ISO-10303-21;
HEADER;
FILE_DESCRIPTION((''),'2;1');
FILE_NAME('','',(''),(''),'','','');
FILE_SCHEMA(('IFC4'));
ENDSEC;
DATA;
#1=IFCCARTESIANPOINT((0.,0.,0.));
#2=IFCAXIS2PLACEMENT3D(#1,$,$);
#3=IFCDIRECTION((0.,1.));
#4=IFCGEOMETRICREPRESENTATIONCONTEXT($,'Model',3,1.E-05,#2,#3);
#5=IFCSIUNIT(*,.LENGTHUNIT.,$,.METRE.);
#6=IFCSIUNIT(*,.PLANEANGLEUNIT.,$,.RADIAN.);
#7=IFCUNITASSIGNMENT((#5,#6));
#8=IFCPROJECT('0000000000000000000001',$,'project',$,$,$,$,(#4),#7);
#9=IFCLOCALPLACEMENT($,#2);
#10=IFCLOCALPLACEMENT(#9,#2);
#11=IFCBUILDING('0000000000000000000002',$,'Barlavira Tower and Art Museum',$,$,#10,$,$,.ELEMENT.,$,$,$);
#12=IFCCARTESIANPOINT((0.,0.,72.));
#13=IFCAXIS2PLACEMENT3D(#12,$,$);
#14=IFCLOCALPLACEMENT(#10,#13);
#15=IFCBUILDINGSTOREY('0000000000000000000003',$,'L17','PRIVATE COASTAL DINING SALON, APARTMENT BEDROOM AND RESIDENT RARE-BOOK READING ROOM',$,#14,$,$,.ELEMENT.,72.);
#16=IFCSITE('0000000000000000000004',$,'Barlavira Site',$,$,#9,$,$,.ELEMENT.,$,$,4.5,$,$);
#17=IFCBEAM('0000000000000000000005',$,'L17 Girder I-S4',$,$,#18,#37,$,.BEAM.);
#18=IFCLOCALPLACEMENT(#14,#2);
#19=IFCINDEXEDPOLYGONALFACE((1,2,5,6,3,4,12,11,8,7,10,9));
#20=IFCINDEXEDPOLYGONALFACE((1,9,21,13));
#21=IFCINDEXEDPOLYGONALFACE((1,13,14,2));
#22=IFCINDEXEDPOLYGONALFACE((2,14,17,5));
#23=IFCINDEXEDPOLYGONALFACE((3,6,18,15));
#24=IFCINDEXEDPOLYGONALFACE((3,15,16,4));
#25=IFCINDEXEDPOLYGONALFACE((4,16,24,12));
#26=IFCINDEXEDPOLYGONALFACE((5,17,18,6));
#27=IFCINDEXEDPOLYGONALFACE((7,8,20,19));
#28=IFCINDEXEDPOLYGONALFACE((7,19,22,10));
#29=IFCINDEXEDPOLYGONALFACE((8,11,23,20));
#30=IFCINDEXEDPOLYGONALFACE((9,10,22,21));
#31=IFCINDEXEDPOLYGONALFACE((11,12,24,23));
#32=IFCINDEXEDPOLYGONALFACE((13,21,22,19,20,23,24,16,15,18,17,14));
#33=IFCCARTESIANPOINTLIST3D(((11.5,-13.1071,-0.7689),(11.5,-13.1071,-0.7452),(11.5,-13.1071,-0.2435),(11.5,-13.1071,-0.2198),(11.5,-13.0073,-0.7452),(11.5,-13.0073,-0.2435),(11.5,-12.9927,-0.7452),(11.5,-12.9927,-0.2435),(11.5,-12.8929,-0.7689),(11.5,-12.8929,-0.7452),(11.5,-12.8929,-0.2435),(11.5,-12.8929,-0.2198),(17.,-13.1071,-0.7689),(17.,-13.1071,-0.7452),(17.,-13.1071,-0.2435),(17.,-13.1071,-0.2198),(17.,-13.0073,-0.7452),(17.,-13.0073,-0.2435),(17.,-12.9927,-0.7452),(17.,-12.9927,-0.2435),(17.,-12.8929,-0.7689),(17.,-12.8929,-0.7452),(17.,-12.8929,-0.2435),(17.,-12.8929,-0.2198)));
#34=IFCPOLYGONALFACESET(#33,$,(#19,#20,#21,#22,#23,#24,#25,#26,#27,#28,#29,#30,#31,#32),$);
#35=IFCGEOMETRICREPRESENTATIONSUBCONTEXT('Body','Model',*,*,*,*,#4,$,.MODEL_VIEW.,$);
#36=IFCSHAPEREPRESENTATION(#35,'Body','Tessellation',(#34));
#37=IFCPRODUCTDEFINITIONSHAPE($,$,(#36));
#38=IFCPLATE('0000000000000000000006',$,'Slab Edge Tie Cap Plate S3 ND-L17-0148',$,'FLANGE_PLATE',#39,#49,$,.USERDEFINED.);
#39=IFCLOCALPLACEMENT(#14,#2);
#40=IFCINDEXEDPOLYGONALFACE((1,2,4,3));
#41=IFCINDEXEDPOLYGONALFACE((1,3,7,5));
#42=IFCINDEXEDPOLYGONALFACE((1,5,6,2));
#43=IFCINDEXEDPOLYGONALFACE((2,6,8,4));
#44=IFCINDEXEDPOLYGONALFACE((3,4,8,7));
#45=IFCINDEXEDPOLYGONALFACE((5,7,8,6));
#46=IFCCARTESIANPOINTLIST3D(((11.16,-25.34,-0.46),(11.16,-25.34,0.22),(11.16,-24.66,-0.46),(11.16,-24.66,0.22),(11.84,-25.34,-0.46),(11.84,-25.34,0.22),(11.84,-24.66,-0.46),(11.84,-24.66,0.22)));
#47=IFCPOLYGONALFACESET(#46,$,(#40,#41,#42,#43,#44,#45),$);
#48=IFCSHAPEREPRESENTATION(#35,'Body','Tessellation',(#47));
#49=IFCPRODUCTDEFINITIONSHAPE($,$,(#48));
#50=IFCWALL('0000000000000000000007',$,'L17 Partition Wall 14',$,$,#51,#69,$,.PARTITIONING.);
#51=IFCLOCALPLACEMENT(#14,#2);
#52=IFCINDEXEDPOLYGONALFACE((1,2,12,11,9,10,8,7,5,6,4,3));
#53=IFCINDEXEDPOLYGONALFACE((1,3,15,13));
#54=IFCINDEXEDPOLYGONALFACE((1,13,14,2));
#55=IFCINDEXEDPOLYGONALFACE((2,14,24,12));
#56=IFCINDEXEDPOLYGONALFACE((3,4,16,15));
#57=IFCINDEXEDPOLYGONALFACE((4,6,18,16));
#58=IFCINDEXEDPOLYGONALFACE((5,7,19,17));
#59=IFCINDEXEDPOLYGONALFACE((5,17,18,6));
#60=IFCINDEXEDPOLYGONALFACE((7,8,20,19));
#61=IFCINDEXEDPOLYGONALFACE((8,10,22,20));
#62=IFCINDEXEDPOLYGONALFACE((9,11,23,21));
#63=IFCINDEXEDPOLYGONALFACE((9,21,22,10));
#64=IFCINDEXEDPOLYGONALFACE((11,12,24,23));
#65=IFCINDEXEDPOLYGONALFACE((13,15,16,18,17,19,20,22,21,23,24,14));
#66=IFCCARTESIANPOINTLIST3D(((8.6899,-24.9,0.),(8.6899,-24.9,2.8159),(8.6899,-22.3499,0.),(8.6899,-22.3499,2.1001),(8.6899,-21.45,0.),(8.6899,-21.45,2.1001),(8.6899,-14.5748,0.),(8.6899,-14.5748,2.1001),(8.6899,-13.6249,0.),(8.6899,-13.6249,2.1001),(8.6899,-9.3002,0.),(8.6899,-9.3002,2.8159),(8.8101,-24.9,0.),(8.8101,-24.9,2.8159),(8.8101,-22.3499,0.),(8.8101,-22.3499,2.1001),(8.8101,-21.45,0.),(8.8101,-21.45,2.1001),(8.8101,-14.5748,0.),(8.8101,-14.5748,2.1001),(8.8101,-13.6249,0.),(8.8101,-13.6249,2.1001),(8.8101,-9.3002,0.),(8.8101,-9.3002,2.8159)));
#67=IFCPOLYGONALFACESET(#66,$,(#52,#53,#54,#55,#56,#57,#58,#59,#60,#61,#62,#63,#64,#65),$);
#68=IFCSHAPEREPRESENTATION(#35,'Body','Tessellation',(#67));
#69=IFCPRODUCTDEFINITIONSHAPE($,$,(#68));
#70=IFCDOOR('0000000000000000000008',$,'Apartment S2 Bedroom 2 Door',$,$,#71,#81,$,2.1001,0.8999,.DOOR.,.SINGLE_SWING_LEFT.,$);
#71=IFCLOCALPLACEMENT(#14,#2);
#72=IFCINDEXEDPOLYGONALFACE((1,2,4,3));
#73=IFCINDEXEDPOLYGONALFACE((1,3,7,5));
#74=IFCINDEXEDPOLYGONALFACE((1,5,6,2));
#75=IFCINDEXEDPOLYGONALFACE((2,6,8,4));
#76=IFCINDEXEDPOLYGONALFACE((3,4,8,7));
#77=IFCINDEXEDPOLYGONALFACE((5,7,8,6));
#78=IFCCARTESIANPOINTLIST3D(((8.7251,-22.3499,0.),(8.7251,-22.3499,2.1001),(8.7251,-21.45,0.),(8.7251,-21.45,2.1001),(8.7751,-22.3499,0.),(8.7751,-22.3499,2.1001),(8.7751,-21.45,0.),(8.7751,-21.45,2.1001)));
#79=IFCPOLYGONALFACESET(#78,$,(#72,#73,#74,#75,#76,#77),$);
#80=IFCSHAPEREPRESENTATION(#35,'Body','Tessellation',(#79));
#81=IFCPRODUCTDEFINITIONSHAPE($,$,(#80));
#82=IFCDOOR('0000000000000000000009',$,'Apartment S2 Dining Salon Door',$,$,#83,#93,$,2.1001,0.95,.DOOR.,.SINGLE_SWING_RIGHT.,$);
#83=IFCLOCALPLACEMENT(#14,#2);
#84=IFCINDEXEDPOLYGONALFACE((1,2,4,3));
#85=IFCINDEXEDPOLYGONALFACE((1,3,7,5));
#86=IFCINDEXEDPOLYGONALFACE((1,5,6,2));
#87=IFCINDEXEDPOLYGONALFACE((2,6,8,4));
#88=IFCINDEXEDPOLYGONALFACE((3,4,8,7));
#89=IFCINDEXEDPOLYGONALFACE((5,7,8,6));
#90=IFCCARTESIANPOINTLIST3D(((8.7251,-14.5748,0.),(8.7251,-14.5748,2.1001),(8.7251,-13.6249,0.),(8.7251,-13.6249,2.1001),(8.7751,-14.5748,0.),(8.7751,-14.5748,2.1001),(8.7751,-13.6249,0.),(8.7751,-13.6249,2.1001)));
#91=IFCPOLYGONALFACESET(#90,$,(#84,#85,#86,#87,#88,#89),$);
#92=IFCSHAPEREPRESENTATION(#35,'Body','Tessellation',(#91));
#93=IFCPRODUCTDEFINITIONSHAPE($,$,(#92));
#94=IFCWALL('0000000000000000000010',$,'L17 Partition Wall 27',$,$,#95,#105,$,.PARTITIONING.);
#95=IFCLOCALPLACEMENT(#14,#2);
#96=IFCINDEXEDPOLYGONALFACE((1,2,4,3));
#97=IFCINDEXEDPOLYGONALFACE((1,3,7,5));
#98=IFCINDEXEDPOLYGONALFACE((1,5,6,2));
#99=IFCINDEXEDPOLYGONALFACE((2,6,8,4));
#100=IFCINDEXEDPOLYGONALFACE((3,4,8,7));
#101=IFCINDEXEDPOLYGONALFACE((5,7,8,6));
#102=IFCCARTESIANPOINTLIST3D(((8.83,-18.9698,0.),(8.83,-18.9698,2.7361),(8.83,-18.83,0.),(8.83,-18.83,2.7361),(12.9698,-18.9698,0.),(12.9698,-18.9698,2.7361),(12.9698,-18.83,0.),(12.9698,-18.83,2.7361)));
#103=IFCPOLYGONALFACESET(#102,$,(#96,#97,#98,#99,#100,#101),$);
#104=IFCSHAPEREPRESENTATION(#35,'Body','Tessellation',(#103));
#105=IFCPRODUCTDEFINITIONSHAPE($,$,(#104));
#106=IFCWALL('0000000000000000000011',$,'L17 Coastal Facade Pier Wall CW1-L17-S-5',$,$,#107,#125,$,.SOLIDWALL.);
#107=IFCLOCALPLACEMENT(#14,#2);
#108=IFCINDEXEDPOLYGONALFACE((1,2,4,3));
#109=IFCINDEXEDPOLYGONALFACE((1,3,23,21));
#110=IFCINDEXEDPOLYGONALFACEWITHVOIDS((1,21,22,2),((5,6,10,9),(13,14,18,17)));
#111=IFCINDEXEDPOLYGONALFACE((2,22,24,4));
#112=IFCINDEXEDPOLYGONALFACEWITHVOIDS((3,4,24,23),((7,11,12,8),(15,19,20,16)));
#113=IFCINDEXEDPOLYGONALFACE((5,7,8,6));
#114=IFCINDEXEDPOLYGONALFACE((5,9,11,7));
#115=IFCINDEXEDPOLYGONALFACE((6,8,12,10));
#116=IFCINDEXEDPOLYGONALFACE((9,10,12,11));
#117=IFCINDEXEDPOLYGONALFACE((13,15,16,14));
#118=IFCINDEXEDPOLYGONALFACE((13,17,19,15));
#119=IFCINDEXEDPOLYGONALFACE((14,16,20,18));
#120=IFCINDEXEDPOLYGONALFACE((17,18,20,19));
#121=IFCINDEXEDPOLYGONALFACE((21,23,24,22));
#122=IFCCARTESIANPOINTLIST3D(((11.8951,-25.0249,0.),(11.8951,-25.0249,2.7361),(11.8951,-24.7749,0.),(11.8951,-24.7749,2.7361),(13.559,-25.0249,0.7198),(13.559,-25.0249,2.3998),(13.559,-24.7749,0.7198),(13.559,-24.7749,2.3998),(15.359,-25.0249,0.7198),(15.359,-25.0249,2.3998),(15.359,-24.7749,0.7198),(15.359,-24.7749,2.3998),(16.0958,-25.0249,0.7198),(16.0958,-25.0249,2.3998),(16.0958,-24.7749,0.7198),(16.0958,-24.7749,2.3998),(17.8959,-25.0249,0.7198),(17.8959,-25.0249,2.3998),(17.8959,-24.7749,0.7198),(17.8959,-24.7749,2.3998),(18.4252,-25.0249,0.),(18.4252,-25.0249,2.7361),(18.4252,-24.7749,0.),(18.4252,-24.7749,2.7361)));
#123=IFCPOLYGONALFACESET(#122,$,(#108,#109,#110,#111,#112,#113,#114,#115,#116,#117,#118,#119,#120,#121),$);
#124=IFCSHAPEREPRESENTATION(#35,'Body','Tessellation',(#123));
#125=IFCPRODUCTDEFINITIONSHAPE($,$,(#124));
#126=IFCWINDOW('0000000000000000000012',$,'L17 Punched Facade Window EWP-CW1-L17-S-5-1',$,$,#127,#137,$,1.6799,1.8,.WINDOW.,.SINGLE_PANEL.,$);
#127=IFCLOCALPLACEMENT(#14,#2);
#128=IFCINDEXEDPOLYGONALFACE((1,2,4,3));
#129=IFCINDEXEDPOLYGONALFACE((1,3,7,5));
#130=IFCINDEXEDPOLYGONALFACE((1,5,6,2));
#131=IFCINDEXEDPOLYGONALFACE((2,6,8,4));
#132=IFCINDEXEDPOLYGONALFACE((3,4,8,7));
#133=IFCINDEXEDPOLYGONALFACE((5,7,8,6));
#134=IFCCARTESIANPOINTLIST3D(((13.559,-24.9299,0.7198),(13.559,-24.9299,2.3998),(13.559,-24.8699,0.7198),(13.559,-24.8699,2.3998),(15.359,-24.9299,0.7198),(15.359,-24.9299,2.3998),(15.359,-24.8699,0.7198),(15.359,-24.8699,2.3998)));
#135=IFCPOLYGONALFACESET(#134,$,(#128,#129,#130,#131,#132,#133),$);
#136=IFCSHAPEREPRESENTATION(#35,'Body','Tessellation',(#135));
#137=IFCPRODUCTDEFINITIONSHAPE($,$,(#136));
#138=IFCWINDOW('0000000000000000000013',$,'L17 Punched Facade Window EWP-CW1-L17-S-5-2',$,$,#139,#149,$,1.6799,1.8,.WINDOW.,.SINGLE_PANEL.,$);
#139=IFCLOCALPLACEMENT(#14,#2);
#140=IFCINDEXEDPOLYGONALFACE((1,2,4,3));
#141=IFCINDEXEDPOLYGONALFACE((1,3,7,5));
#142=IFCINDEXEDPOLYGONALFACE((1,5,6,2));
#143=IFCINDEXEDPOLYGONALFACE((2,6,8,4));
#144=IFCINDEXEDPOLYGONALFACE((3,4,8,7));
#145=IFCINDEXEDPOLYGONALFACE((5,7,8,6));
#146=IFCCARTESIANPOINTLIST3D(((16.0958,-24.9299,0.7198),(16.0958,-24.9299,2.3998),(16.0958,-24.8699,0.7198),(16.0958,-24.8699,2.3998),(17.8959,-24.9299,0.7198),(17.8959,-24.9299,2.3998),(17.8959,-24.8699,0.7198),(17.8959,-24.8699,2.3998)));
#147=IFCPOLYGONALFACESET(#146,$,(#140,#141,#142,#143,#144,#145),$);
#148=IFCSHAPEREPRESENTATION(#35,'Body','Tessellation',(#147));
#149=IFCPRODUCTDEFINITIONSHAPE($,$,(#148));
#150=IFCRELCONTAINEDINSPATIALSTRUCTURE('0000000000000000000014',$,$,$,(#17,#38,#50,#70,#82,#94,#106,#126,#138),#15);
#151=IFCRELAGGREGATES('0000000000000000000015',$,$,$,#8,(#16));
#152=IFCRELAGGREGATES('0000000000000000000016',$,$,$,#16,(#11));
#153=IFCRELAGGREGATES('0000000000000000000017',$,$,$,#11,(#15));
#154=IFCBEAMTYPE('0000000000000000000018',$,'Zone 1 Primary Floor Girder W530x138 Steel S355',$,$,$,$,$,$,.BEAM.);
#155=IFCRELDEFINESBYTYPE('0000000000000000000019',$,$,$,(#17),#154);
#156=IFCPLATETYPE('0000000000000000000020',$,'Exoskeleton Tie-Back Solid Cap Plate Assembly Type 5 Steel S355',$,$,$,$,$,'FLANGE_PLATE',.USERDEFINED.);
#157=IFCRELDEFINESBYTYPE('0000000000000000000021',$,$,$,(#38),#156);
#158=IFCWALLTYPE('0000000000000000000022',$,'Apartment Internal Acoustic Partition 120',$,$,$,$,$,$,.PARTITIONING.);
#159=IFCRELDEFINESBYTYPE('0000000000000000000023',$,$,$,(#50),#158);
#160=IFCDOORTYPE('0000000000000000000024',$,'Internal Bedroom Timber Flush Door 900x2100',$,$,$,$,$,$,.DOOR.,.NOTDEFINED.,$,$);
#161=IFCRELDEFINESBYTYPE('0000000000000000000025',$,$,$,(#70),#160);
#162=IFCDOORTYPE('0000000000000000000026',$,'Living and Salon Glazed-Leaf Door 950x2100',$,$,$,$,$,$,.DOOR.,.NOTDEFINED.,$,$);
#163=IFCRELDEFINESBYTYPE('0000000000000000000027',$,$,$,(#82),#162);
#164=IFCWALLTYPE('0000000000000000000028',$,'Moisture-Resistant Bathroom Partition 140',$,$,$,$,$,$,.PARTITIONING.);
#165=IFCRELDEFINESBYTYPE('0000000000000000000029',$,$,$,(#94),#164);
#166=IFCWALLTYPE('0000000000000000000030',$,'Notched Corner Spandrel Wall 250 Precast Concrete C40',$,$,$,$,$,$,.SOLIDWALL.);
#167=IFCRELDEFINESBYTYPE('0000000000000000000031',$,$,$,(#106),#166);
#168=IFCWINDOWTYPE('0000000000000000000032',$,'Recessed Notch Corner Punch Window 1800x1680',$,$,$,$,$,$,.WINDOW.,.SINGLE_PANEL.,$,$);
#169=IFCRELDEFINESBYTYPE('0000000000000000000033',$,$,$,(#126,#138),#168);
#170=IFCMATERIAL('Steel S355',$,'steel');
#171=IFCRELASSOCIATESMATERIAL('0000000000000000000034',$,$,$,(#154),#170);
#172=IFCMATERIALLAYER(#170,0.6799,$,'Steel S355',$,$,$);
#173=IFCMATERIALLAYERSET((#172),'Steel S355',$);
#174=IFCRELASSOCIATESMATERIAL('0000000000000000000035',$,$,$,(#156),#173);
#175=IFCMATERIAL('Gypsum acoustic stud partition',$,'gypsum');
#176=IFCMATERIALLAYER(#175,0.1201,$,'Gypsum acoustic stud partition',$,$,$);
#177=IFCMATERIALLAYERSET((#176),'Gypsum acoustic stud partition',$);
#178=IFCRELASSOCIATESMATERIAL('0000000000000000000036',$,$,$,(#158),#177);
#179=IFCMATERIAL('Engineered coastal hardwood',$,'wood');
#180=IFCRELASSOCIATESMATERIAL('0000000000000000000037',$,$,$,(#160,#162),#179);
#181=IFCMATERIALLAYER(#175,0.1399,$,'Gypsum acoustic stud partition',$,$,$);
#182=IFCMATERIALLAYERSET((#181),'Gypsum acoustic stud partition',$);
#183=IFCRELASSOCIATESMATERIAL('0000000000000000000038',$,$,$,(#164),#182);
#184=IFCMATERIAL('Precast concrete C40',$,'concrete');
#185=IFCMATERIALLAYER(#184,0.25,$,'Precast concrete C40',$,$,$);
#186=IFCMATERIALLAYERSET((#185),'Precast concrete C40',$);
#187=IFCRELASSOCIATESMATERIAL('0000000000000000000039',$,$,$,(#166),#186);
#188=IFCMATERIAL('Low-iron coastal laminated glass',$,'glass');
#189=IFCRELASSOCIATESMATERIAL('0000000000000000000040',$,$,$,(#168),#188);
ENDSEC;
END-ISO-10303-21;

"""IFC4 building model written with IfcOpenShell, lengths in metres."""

from ifc_helpers import new_model, si_unit, direction, frame, frame_2d, origin, origin_2d, place, context, subcontext, project, spatial, rectangle, i_section, extrude, material, layer, layer_set, material_profile, profile_set, type_object, element, fill, save


model = new_model("IFC4")

# Units and contexts
model_context = context("Model", 3, precision=1e-05, world=origin(), true_north=direction((0.0, 1.0)))
body_context = subcontext(model_context, "Body", "Model", "MODEL_VIEW")
ifc_project = project(units=[si_unit("LENGTHUNIT", "METRE"), si_unit("PLANEANGLEUNIT", "RADIAN")], contexts=[model_context])

# Site, building, storey
site_placement = place(None, origin())
site = spatial("IfcSite", under=ifc_project, at=site_placement, Name="Barlavira Site", CompositionType="ELEMENT", RefElevation=4.5)
building_placement = place(site_placement, origin())
building = spatial("IfcBuilding", under=site, at=building_placement, Name="Barlavira Tower and Art Museum", CompositionType="ELEMENT")
storey_placement = place(building_placement, frame((0.0, 0.0, 72.0)))
storey = spatial("IfcBuildingStorey", under=building, at=storey_placement, Name="L17", Description="PRIVATE COASTAL DINING SALON, APARTMENT BEDROOM AND RESIDENT RARE-BOOK READING ROOM", CompositionType="ELEMENT", Elevation=72.0)

# Shared definitions
ifc_material_1 = material(Name="Steel S355", Category="steel")

# Beam
ifc_material_profile_1 = material_profile(ifc_material_1, i_section(OverallWidth=0.2141, OverallDepth=0.5491, WebThickness=0.0146, FlangeThickness=0.0237, at=origin_2d()), Name="W530x138.0")
ifc_profile_set_1 = profile_set([ifc_material_profile_1], Name="Steel S355")
beam_type_1 = type_object("IfcBeamType", Name="Zone 1 Primary Floor Girder W530x138 Steel S355", PredefinedType="BEAM", material=ifc_profile_set_1)
beam_1_placement = place(storey_placement, frame((11.5, -13.0, -0.4944), z_axis=(1.0, 0.0, 0.0), x_axis=(0.0, 1.0, 0.0)))
element("IfcBeam", 1, at=beam_1_placement, inside=storey, type_object=beam_type_1, Name="L17 Girder I-S4", PredefinedType="BEAM", context=body_context, shape_type="SweptSolid", body=[
    extrude(i_section(OverallWidth=0.2141, OverallDepth=0.5491, WebThickness=0.0146, FlangeThickness=0.0237, at=origin_2d()), origin(), (0.0, 0.0, 1.0), 5.5),
])

# Plate
ifc_layer_1 = layer(ifc_material_1, 0.6799, Name="Steel S355")
ifc_layer_set_1 = layer_set([ifc_layer_1], Name="Steel S355")
plate_type = type_object("IfcPlateType", Name="Exoskeleton Tie-Back Solid Cap Plate Assembly Type 5 Steel S355", ElementType="FLANGE_PLATE", PredefinedType="USERDEFINED", material=ifc_layer_set_1)
plate_placement = place(storey_placement, frame((11.5, -25.0, -0.46), z_axis=(0.0, 0.0, 1.0), x_axis=(1.0, 0.0, 0.0)))
element("IfcPlate", 2, at=plate_placement, inside=storey, type_object=plate_type, Name="Slab Edge Tie Cap Plate S3 ND-L17-0148", ObjectType="FLANGE_PLATE", PredefinedType="USERDEFINED", context=body_context, shape_type="SweptSolid", body=[
    extrude(rectangle(XDim=0.6799, YDim=0.6799, at=origin_2d()), origin(), (0.0, 0.0, 1.0), 0.6799),
])

# Wall, openings, doors
ifc_material_2 = material(Name="Gypsum acoustic stud partition", Category="gypsum")
ifc_layer_2 = layer(ifc_material_2, 0.1201, Name="Gypsum acoustic stud partition")
ifc_layer_set_2 = layer_set([ifc_layer_2], Name="Gypsum acoustic stud partition")
wall_type_1 = type_object("IfcWallType", Name="Apartment Internal Acoustic Partition 120", PredefinedType="PARTITIONING", material=ifc_layer_set_2)
wall_1_placement = place(storey_placement, frame((8.75, -24.8999, 0.0), z_axis=(0.0, 0.0, 1.0), x_axis=(0.0, 1.0, 0.0)))
wall_1 = element("IfcWall", 3, at=wall_1_placement, inside=storey, type_object=wall_type_1, Name="L17 Partition Wall 14", PredefinedType="PARTITIONING", context=body_context, shape_type="SweptSolid", body=[
    extrude(rectangle(XDim=15.5999, YDim=0.1201, at=frame_2d((7.7998, 0.0))), origin(), (0.0, 0.0, 1.0), 2.8159),
])
opening_1_placement = place(wall_1_placement, frame((10.325, 0.0, 0.0)))
opening_1 = element("IfcOpeningElement", 4, at=opening_1_placement, cuts=wall_1, PredefinedType="OPENING", context=body_context, shape_type="SweptSolid", body=[
    extrude(rectangle(XDim=0.95, YDim=2.1001, at=frame_2d((0.4751, 1.05))), frame((0.0, 0.0701, 0.0), z_axis=(0.0, -1.0, 0.0), x_axis=(1.0, 0.0, 0.0)), (0.0, 0.0, 1.0), 0.1401),
])
opening_2_placement = place(wall_1_placement, frame((2.55, 0.0, 0.0)))
opening_2 = element("IfcOpeningElement", 5, at=opening_2_placement, cuts=wall_1, PredefinedType="OPENING", context=body_context, shape_type="SweptSolid", body=[
    extrude(rectangle(XDim=0.8999, YDim=2.1001, at=frame_2d((0.45, 1.05))), frame((0.0, 0.0701, 0.0), z_axis=(0.0, -1.0, 0.0), x_axis=(1.0, 0.0, 0.0)), (0.0, 0.0, 1.0), 0.1401),
])
ifc_material_3 = material(Name="Engineered coastal hardwood", Category="wood")
door_type_1 = type_object("IfcDoorType", Name="Internal Bedroom Timber Flush Door 900x2100", OperationType="NOTDEFINED", PredefinedType="DOOR", material=ifc_material_3)
door_1_placement = place(opening_2_placement, origin())
door_1 = element("IfcDoor", 6, at=door_1_placement, inside=storey, type_object=door_type_1, Name="Apartment S2 Bedroom 2 Door", OperationType="SINGLE_SWING_LEFT", OverallHeight=2.1001, OverallWidth=0.8999, PredefinedType="DOOR", context=body_context, shape_type="SweptSolid", body=[
    extrude(rectangle(XDim=0.8999, YDim=2.1001, at=frame_2d((0.45, 1.05))), frame((0.0, 0.0249, 0.0), z_axis=(0.0, -1.0, 0.0), x_axis=(1.0, 0.0, 0.0)), (0.0, 0.0, 1.0), 0.05),
])
fill(opening_2, door_1)
door_type_2 = type_object("IfcDoorType", Name="Living and Salon Glazed-Leaf Door 950x2100", OperationType="NOTDEFINED", PredefinedType="DOOR", material=ifc_material_3)
door_2_placement = place(opening_1_placement, origin())
door_2 = element("IfcDoor", 7, at=door_2_placement, inside=storey, type_object=door_type_2, Name="Apartment S2 Dining Salon Door", OperationType="SINGLE_SWING_RIGHT", OverallHeight=2.1001, OverallWidth=0.95, PredefinedType="DOOR", context=body_context, shape_type="SweptSolid", body=[
    extrude(rectangle(XDim=0.95, YDim=2.1001, at=frame_2d((0.4751, 1.05))), frame((0.0, 0.0249, 0.0), z_axis=(0.0, -1.0, 0.0), x_axis=(1.0, 0.0, 0.0)), (0.0, 0.0, 1.0), 0.05),
])
fill(opening_1, door_2)

# Wall
ifc_layer_3 = layer(ifc_material_2, 0.1399, Name="Gypsum acoustic stud partition")
ifc_layer_set_3 = layer_set([ifc_layer_3], Name="Gypsum acoustic stud partition")
wall_type_2 = type_object("IfcWallType", Name="Moisture-Resistant Bathroom Partition 140", PredefinedType="PARTITIONING", material=ifc_layer_set_3)
wall_2_placement = place(storey_placement, frame((8.8301, -18.8999, 0.0), z_axis=(0.0, 0.0, 1.0), x_axis=(1.0, 0.0, 0.0)))
element("IfcWall", 8, at=wall_2_placement, inside=storey, type_object=wall_type_2, Name="L17 Partition Wall 27", PredefinedType="PARTITIONING", context=body_context, shape_type="SweptSolid", body=[
    extrude(rectangle(XDim=4.1399, YDim=0.1399, at=frame_2d((2.0698, 0.0))), origin(), (0.0, 0.0, 1.0), 2.7361),
])

# Wall, openings, windows
ifc_material_4 = material(Name="Precast concrete C40", Category="concrete")
ifc_layer_4 = layer(ifc_material_4, 0.25, Name="Precast concrete C40")
ifc_layer_set_4 = layer_set([ifc_layer_4], Name="Precast concrete C40")
wall_type_3 = type_object("IfcWallType", Name="Notched Corner Spandrel Wall 250 Precast Concrete C40", PredefinedType="SOLIDWALL", material=ifc_layer_set_4)
wall_3_placement = place(storey_placement, frame((11.895, -24.8999, 0.0), z_axis=(0.0, 0.0, 1.0), x_axis=(1.0, 0.0, 0.0)))
wall_3 = element("IfcWall", 9, at=wall_3_placement, inside=storey, type_object=wall_type_3, Name="L17 Coastal Facade Pier Wall CW1-L17-S-5", PredefinedType="SOLIDWALL", context=body_context, shape_type="SweptSolid", body=[
    extrude(rectangle(XDim=6.53, YDim=0.25, at=frame_2d((3.2651, 0.0))), origin(), (0.0, 0.0, 1.0), 2.7361),
])
opening_3_placement = place(wall_3_placement, frame((1.6641, 0.0, 0.72)))
opening_3 = element("IfcOpeningElement", 10, at=opening_3_placement, cuts=wall_3, PredefinedType="OPENING", context=body_context, shape_type="SweptSolid", body=[
    extrude(rectangle(XDim=1.8, YDim=1.6799, at=frame_2d((0.8999, 0.8398))), frame((0.0, 0.135, 0.0), z_axis=(0.0, -1.0, 0.0), x_axis=(1.0, 0.0, 0.0)), (0.0, 0.0, 1.0), 0.27),
])
opening_4_placement = place(wall_3_placement, frame((4.2009, 0.0, 0.72)))
opening_4 = element("IfcOpeningElement", 11, at=opening_4_placement, cuts=wall_3, PredefinedType="OPENING", context=body_context, shape_type="SweptSolid", body=[
    extrude(rectangle(XDim=1.8, YDim=1.6799, at=frame_2d((0.8999, 0.8398))), frame((0.0, 0.135, 0.0), z_axis=(0.0, -1.0, 0.0), x_axis=(1.0, 0.0, 0.0)), (0.0, 0.0, 1.0), 0.27),
])
ifc_material_5 = material(Name="Low-iron coastal laminated glass", Category="glass")
window_type = type_object("IfcWindowType", Name="Recessed Notch Corner Punch Window 1800x1680", PartitioningType="SINGLE_PANEL", PredefinedType="WINDOW", material=ifc_material_5)
window_1_placement = place(opening_3_placement, origin())
window_1 = element("IfcWindow", 12, at=window_1_placement, inside=storey, type_object=window_type, Name="L17 Punched Facade Window EWP-CW1-L17-S-5-1", OverallHeight=1.6799, OverallWidth=1.8, PartitioningType="SINGLE_PANEL", PredefinedType="WINDOW", context=body_context, shape_type="SweptSolid", body=[
    extrude(rectangle(XDim=1.8, YDim=1.6799, at=frame_2d((0.8999, 0.8398))), frame((0.0, 0.03, 0.0), z_axis=(0.0, -1.0, 0.0), x_axis=(1.0, 0.0, 0.0)), (0.0, 0.0, 1.0), 0.0601),
])
fill(opening_3, window_1)
window_2_placement = place(opening_4_placement, origin())
window_2 = element("IfcWindow", 13, at=window_2_placement, inside=storey, type_object=window_type, Name="L17 Punched Facade Window EWP-CW1-L17-S-5-2", OverallHeight=1.6799, OverallWidth=1.8, PartitioningType="SINGLE_PANEL", PredefinedType="WINDOW", context=body_context, shape_type="SweptSolid", body=[
    extrude(rectangle(XDim=1.8, YDim=1.6799, at=frame_2d((0.8999, 0.8398))), frame((0.0, 0.03, 0.0), z_axis=(0.0, -1.0, 0.0), x_axis=(1.0, 0.0, 0.0)), (0.0, 0.0, 1.0), 0.0601),
])
fill(opening_4, window_2)

save(model, "model.ifc")
